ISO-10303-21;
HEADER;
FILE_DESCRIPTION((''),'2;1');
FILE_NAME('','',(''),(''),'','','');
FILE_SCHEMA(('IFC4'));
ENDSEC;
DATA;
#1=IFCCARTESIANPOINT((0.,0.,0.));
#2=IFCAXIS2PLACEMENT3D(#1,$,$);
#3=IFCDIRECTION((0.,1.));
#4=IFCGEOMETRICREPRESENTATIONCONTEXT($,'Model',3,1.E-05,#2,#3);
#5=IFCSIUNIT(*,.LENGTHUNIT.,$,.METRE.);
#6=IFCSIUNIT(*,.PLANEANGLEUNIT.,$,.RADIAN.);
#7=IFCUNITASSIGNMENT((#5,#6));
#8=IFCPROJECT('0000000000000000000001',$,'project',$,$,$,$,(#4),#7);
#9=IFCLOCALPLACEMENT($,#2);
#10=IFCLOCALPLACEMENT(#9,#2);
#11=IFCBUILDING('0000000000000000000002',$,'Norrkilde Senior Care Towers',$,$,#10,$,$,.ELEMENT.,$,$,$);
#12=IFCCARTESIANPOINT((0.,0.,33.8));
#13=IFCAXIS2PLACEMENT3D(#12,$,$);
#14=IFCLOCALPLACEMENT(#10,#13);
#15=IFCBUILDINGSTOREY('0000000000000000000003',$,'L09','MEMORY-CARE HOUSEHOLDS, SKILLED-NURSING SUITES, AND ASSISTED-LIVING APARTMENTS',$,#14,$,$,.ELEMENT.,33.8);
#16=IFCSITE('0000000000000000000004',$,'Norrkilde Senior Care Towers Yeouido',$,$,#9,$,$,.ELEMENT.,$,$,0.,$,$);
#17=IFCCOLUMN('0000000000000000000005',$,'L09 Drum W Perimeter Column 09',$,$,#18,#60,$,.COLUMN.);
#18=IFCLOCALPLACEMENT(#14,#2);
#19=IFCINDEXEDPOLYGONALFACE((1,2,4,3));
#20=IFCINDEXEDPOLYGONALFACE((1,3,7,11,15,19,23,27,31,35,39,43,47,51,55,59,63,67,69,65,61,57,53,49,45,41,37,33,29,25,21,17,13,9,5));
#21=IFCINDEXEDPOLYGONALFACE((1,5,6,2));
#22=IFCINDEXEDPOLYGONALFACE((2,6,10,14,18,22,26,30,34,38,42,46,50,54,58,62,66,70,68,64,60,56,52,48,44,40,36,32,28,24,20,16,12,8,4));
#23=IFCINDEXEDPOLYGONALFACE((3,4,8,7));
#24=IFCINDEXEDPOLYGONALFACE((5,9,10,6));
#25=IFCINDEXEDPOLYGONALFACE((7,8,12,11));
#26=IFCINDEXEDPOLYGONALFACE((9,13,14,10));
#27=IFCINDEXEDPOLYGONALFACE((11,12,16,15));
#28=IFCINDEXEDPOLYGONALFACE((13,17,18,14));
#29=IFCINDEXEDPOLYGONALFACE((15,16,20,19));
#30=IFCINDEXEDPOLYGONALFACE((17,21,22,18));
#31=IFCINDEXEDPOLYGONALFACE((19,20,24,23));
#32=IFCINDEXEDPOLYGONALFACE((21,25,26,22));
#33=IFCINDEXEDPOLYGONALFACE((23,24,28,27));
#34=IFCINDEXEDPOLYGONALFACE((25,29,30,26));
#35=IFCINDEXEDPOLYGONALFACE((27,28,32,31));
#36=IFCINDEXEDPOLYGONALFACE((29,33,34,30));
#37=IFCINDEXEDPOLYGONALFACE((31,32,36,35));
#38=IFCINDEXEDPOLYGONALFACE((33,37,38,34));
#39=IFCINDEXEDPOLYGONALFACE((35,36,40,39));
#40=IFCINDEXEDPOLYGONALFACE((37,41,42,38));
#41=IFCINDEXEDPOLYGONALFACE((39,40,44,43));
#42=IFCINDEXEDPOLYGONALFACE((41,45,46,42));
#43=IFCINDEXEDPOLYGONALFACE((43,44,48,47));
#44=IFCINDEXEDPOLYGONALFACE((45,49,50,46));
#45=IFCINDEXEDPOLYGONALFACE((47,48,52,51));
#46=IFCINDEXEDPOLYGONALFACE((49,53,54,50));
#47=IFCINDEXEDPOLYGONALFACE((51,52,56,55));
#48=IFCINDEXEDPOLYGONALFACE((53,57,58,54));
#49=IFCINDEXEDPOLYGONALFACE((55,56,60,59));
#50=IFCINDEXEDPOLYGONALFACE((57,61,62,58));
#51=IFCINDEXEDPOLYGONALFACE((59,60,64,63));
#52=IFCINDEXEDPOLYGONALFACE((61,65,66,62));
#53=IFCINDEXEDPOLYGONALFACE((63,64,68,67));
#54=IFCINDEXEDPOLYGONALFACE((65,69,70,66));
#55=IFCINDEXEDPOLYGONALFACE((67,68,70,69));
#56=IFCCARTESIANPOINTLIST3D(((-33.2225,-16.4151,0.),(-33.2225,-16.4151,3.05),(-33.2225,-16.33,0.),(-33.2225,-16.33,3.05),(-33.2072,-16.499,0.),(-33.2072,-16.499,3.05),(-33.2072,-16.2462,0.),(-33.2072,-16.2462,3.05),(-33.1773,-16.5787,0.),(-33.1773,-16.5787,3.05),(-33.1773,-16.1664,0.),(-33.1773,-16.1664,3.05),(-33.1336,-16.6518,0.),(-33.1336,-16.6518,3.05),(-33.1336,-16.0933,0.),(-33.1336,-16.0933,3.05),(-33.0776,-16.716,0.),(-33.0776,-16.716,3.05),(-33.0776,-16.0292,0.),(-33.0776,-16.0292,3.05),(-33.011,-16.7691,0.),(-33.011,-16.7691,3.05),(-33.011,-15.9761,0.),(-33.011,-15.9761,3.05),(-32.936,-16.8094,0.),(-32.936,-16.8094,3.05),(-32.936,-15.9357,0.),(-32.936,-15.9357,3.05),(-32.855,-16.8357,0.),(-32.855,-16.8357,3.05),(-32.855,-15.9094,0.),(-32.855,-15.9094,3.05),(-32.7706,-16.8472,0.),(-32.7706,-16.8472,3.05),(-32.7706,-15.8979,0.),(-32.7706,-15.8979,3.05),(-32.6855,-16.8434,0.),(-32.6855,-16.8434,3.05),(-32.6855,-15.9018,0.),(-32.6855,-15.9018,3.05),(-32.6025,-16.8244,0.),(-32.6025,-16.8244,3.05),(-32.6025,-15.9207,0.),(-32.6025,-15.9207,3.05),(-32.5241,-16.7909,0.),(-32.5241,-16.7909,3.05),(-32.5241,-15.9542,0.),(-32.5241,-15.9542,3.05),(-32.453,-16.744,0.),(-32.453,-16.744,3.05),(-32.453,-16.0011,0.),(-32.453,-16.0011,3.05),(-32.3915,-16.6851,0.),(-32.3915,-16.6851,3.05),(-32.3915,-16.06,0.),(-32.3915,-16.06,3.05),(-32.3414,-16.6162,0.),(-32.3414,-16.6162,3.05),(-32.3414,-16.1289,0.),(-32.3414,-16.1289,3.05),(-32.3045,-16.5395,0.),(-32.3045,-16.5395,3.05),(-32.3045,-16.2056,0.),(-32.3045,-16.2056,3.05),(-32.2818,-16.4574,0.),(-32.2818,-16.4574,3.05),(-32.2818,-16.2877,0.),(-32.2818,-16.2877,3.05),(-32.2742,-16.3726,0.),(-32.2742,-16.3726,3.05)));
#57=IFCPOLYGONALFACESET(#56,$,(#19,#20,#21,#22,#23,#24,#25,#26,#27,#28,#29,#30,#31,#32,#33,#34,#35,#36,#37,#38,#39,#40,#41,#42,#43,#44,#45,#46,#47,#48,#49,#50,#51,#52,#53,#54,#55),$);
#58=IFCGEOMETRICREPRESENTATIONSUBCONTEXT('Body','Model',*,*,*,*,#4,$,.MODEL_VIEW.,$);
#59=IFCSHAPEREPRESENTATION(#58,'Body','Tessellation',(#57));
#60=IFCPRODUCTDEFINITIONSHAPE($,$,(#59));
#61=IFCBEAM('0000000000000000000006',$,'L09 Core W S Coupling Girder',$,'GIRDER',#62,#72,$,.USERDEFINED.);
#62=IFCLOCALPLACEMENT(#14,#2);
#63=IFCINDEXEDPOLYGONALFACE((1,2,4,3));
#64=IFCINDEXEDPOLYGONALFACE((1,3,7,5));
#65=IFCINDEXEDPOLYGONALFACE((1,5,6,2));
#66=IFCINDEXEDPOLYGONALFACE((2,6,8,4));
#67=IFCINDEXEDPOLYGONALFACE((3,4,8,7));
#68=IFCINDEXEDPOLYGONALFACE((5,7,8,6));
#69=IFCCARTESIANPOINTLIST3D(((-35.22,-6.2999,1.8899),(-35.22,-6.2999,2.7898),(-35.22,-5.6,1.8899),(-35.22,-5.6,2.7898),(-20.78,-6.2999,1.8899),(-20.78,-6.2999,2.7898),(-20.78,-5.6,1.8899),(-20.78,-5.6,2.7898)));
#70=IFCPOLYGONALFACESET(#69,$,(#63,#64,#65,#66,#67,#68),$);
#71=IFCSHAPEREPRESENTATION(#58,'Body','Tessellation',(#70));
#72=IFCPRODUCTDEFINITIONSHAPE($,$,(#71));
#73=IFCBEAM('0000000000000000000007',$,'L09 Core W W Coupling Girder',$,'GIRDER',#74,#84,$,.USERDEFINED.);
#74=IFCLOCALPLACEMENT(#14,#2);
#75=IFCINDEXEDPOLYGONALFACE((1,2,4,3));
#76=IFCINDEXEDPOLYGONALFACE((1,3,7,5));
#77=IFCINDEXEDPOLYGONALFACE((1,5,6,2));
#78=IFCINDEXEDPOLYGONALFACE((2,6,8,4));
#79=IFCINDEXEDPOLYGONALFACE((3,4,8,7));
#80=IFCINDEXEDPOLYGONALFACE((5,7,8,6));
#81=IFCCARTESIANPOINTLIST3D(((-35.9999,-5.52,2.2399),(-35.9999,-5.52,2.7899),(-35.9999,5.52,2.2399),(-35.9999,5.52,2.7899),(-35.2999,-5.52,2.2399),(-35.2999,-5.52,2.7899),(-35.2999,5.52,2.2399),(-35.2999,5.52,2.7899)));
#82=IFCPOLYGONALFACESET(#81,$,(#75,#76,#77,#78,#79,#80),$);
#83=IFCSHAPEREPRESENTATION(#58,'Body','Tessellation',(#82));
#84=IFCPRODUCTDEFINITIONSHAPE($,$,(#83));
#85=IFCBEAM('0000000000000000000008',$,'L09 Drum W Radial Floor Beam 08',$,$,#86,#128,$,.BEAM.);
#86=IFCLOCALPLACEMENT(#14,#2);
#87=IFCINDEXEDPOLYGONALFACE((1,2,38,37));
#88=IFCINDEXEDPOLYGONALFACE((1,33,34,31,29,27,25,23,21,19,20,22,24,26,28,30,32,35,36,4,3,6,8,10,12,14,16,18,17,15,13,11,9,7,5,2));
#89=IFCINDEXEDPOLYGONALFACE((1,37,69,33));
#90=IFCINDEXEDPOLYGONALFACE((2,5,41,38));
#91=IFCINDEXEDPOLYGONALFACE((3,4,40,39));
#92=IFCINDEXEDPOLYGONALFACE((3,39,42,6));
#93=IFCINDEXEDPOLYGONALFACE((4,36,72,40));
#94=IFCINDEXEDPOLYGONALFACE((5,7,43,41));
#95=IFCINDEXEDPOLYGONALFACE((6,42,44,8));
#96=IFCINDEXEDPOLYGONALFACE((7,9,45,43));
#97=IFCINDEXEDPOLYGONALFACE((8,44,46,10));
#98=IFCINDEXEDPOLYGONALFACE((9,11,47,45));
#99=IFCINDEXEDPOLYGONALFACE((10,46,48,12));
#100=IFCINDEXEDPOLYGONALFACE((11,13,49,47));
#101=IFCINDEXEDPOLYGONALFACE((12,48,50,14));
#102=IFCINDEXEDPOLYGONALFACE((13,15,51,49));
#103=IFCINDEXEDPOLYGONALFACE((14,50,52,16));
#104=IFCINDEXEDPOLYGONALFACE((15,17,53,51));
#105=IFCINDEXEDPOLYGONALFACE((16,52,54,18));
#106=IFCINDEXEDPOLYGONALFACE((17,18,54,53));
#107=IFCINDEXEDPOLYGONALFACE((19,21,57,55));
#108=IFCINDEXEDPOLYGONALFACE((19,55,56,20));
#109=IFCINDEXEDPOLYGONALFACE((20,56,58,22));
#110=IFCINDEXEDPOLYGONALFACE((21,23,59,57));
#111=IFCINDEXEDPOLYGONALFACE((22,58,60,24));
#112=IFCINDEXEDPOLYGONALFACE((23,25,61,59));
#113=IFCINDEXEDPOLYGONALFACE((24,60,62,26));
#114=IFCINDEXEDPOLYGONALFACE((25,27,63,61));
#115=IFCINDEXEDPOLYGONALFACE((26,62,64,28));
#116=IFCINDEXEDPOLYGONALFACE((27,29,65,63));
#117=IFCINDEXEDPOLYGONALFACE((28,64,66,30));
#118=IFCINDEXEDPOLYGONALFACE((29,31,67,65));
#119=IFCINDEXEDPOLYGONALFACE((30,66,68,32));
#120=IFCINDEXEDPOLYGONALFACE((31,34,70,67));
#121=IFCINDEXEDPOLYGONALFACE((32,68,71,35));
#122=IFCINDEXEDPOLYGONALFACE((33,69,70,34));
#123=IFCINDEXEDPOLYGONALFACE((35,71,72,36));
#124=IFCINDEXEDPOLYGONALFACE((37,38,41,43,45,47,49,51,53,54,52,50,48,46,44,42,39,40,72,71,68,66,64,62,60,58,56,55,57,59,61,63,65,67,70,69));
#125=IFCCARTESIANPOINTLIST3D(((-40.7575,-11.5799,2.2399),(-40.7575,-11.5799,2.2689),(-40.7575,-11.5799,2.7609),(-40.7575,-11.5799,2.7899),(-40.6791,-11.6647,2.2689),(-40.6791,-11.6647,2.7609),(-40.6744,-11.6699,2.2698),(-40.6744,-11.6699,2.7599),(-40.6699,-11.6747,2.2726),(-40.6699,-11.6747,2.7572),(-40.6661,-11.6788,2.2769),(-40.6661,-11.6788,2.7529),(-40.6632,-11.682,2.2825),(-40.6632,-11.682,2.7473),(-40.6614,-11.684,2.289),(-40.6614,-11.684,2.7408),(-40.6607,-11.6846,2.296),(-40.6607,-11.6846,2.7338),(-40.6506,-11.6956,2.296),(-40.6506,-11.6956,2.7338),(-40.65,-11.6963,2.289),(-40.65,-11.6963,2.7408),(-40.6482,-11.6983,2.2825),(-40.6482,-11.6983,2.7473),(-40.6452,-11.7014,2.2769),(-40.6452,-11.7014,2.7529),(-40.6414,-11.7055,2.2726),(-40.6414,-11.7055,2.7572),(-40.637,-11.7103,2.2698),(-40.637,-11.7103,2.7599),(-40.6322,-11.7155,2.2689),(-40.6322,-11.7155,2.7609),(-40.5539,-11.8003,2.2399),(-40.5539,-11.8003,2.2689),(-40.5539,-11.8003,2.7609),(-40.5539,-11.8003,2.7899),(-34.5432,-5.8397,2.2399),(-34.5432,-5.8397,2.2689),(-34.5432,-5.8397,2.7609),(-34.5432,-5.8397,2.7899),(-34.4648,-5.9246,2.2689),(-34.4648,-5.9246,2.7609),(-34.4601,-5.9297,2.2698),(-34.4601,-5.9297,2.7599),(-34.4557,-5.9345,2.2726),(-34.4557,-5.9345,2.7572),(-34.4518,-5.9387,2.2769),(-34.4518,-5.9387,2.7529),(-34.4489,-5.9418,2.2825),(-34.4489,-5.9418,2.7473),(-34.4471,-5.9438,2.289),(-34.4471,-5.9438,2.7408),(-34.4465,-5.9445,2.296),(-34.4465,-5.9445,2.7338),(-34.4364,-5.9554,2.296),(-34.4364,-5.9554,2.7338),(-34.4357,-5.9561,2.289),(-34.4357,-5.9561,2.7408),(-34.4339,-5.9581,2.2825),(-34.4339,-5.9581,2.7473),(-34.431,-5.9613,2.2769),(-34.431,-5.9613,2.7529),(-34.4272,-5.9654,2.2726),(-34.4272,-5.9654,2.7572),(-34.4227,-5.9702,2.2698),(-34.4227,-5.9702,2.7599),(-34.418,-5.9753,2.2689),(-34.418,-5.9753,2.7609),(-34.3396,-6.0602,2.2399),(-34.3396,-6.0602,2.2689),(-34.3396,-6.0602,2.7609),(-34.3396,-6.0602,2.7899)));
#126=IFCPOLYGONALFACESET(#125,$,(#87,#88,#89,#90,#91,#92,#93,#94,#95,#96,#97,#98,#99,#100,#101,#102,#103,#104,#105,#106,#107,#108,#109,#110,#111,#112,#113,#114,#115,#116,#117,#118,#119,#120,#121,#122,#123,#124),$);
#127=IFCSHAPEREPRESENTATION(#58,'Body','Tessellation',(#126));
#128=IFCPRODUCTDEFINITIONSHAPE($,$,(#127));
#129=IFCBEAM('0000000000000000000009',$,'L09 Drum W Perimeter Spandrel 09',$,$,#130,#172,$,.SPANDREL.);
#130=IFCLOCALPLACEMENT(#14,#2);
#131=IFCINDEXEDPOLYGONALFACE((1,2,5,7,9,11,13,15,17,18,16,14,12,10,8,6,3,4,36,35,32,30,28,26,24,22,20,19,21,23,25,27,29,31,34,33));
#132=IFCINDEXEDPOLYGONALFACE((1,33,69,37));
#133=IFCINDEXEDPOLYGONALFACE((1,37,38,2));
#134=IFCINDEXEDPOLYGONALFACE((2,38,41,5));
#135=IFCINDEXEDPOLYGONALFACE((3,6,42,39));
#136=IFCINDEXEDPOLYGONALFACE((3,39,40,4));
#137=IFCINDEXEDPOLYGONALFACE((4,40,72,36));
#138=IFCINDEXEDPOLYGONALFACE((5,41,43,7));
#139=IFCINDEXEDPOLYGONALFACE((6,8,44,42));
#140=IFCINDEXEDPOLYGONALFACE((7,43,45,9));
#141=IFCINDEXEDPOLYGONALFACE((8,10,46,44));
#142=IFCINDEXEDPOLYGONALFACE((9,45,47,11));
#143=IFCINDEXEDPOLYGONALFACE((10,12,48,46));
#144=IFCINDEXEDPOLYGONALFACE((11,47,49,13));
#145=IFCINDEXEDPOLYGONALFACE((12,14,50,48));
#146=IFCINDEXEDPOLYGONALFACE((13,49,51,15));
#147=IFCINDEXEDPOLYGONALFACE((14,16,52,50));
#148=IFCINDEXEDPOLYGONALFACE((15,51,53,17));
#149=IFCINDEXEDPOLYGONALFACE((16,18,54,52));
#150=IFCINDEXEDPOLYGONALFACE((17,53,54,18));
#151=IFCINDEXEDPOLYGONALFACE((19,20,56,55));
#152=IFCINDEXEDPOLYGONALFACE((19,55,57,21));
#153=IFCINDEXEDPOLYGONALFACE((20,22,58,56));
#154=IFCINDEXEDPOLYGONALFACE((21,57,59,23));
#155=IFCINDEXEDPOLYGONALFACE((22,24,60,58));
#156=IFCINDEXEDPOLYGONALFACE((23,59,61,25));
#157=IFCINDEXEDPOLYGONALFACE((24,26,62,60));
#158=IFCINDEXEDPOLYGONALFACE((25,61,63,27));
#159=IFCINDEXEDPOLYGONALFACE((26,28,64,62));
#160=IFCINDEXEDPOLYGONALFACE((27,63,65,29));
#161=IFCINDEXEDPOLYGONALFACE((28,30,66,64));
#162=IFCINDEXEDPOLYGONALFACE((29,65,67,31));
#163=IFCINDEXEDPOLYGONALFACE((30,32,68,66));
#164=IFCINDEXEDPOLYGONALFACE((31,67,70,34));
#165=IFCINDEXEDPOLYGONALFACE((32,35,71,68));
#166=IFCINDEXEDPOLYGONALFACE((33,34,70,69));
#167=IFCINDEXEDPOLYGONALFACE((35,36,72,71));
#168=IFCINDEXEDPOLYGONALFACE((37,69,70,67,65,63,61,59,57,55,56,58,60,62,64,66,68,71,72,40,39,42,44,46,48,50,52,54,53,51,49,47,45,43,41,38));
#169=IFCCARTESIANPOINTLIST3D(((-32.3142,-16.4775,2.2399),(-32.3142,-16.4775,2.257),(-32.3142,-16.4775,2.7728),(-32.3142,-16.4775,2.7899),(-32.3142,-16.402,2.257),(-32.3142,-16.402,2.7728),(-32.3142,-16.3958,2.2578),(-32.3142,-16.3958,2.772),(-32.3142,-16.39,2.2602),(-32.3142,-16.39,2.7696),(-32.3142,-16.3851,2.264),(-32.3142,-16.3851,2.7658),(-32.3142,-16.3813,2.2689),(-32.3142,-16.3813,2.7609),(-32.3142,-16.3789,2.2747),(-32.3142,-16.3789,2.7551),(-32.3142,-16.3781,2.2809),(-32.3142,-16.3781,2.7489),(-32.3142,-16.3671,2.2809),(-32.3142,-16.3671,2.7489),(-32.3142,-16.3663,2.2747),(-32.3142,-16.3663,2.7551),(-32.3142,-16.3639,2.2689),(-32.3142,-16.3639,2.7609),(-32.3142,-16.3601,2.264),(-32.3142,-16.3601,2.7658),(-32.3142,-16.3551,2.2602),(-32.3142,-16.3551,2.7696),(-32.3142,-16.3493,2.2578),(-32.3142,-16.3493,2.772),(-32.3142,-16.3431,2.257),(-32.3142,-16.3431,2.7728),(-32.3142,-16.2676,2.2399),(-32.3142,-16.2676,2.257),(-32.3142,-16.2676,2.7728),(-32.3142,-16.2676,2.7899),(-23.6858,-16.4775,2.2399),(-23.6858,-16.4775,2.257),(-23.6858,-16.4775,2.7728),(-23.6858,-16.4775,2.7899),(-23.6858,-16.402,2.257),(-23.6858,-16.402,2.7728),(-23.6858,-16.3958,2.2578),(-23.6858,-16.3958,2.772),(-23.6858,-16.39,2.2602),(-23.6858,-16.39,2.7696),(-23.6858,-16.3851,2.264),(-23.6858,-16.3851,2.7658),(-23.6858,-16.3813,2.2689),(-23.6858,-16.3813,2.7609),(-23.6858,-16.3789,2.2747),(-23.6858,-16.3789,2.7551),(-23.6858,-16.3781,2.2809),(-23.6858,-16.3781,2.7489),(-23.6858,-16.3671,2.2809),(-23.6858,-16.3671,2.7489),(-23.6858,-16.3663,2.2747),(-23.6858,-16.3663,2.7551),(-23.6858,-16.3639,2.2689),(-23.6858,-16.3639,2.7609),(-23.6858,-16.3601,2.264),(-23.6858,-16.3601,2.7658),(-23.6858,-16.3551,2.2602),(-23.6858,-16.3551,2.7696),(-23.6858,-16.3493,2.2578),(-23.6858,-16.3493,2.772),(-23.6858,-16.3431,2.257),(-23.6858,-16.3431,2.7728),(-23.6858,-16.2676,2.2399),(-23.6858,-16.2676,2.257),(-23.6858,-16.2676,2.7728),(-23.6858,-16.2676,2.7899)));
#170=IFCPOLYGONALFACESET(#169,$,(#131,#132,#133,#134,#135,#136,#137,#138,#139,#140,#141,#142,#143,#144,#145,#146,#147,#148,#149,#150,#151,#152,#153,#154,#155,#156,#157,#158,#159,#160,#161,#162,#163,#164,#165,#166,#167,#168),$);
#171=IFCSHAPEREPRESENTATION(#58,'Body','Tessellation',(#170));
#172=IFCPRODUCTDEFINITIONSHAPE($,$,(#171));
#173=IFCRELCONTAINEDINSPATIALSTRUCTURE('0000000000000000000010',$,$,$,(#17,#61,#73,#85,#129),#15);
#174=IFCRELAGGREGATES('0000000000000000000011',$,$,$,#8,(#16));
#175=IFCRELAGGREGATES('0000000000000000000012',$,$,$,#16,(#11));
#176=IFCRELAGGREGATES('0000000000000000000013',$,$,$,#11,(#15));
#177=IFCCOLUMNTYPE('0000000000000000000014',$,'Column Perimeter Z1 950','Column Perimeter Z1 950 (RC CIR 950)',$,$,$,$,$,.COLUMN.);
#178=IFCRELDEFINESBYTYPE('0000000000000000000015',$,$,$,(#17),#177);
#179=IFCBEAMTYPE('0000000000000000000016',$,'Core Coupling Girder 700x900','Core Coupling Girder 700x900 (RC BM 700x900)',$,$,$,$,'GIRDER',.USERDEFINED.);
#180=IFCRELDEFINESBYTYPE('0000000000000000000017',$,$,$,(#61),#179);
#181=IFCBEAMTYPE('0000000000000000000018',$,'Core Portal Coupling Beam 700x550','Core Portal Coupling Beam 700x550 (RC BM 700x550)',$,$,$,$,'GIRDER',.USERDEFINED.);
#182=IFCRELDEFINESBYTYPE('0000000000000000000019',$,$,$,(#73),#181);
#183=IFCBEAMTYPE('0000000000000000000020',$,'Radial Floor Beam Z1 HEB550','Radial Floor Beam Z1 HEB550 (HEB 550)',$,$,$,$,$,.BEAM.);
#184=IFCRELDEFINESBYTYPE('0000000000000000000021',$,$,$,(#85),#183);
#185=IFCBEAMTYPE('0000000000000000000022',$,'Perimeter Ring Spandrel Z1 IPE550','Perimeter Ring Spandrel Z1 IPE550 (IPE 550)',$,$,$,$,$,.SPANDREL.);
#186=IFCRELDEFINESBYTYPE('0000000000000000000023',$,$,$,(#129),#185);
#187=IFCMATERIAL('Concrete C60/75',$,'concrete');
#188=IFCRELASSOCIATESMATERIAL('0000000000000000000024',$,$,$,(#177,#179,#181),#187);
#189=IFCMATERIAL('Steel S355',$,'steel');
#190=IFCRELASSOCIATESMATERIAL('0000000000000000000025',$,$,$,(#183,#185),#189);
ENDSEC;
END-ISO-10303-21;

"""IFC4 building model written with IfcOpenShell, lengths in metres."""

from ifc_helpers import new_model, si_unit, direction, frame, origin, origin_2d, place, context, subcontext, project, spatial, rectangle, circle, i_section, extrude, source, transform, mapped, material, material_profile, profile_set, type_object, type_shapes, element, save


model = new_model("IFC4")

# Units and contexts
model_context = context("Model", 3, precision=1e-05, world=origin(), true_north=direction((0.0, 1.0)))
body_context = subcontext(model_context, "Body", "Model", "MODEL_VIEW")
ifc_project = project(units=[si_unit("LENGTHUNIT", "METRE"), si_unit("PLANEANGLEUNIT", "RADIAN")], contexts=[model_context])

# Site, building, storey
site_placement = place(None, origin())
site = spatial("IfcSite", under=ifc_project, at=site_placement, Name="Norrkilde Senior Care Towers Yeouido", CompositionType="ELEMENT", RefElevation=0.0)
building_placement = place(site_placement, origin())
building = spatial("IfcBuilding", under=site, at=building_placement, Name="Norrkilde Senior Care Towers", CompositionType="ELEMENT")
storey_placement = place(building_placement, frame((0.0, 0.0, 33.8)))
storey = spatial("IfcBuildingStorey", under=building, at=storey_placement, Name="L09", Description="MEMORY-CARE HOUSEHOLDS, SKILLED-NURSING SUITES, AND ASSISTED-LIVING APARTMENTS", CompositionType="ELEMENT", Elevation=33.8)

# Column
ifc_material_1 = material(Name="Concrete C60/75", Category="concrete")
ifc_material_profile_1 = material_profile(ifc_material_1, circle(Radius=0.4751, at=origin_2d()), Name="RC CIR 950")
ifc_profile_set_1 = profile_set([ifc_material_profile_1], Name="Concrete C60/75")
column_type = type_object("IfcColumnType", Name="Column Perimeter Z1 950", Description="Column Perimeter Z1 950 (RC CIR 950)", PredefinedType="COLUMN", material=ifc_profile_set_1)
shared_shape_1 = source(origin(), body_context, "Body", "SweptSolid", [
    extrude(circle(Radius=0.4751, at=origin_2d()), origin(), (0.0, 0.0, 1.0), 3.05),
])
type_shapes(column_type, [shared_shape_1])
column_placement = place(storey_placement, frame((-32.7493, -16.3726, 0.0), z_axis=(0.0, 0.0, 1.0), x_axis=(1.0, 0.0, 0.0)))
element("IfcColumn", 1, at=column_placement, inside=storey, type_object=column_type, Name="L09 Drum W Perimeter Column 09", PredefinedType="COLUMN", context=body_context, shape_type="MappedRepresentation", body=[
    mapped(shared_shape_1, transform((0.0, 0.0, 0.0), x_axis=(1.0, 0.0, 0.0), y_axis=(0.0, 1.0, 0.0), z_axis=(0.0, 0.0, 1.0), scale=1.0)),
])

# Beams
ifc_material_profile_2 = material_profile(ifc_material_1, rectangle(XDim=0.7, YDim=0.8999, at=origin_2d()), Name="RC BM 700x900")
ifc_profile_set_2 = profile_set([ifc_material_profile_2], Name="Concrete C60/75")
beam_type_1 = type_object("IfcBeamType", Name="Core Coupling Girder 700x900", Description="Core Coupling Girder 700x900 (RC BM 700x900)", ElementType="GIRDER", PredefinedType="USERDEFINED", material=ifc_profile_set_2)
shared_shape_2 = source(origin(), body_context, "Body", "SweptSolid", [
    extrude(rectangle(XDim=0.7, YDim=0.8999, at=origin_2d()), origin(), (0.0, 0.0, 1.0), 14.4399),
])
type_shapes(beam_type_1, [shared_shape_2])
beam_1_placement = place(storey_placement, frame((-35.22, -5.95, 2.3398), z_axis=(1.0, 0.0, 0.0), x_axis=(0.0, 1.0, 0.0)))
element("IfcBeam", 2, at=beam_1_placement, inside=storey, type_object=beam_type_1, Name="L09 Core W S Coupling Girder", ObjectType="GIRDER", PredefinedType="USERDEFINED", context=body_context, shape_type="MappedRepresentation", body=[
    mapped(shared_shape_2, transform((0.0, 0.0, 0.0), x_axis=(1.0, 0.0, 0.0), y_axis=(0.0, 1.0, 0.0), z_axis=(0.0, 0.0, 1.0), scale=1.0)),
])
ifc_material_profile_3 = material_profile(ifc_material_1, rectangle(XDim=0.7, YDim=0.55, at=origin_2d()), Name="RC BM 700x550")
ifc_profile_set_3 = profile_set([ifc_material_profile_3], Name="Concrete C60/75")
beam_type_2 = type_object("IfcBeamType", Name="Core Portal Coupling Beam 700x550", Description="Core Portal Coupling Beam 700x550 (RC BM 700x550)", ElementType="GIRDER", PredefinedType="USERDEFINED", material=ifc_profile_set_3)
shared_shape_3 = source(origin(), body_context, "Body", "SweptSolid", [
    extrude(rectangle(XDim=0.7, YDim=0.55, at=origin_2d()), origin(), (0.0, 0.0, 1.0), 11.04),
])
type_shapes(beam_type_2, [shared_shape_3])
beam_2_placement = place(storey_placement, frame((-35.6499, -5.52, 2.5149), z_axis=(0.0, 1.0, 0.0), x_axis=(-1.0, 0.0, 0.0)))
element("IfcBeam", 3, at=beam_2_placement, inside=storey, type_object=beam_type_2, Name="L09 Core W W Coupling Girder", ObjectType="GIRDER", PredefinedType="USERDEFINED", context=body_context, shape_type="MappedRepresentation", body=[
    mapped(shared_shape_3, transform((0.0, 0.0, 0.0), x_axis=(1.0, 0.0, 0.0), y_axis=(0.0, 1.0, 0.0), z_axis=(0.0, 0.0, 1.0), scale=1.0)),
])
ifc_material_2 = material(Name="Steel S355", Category="steel")
ifc_material_profile_4 = material_profile(ifc_material_2, i_section(OverallWidth=0.3, OverallDepth=0.55, WebThickness=0.0149, FlangeThickness=0.0291, FilletRadius=0.0271, at=origin_2d()), Name="HEB 550")
ifc_profile_set_4 = profile_set([ifc_material_profile_4], Name="Steel S355")
beam_type_3 = type_object("IfcBeamType", Name="Radial Floor Beam Z1 HEB550", Description="Radial Floor Beam Z1 HEB550 (HEB 550)", PredefinedType="BEAM", material=ifc_profile_set_4)
shared_shape_4 = source(origin(), body_context, "Body", "SweptSolid", [
    extrude(i_section(OverallWidth=0.3, OverallDepth=0.55, WebThickness=0.0149, FlangeThickness=0.0291, FilletRadius=0.0271, at=origin_2d()), origin(), (0.0, 0.0, 1.0), 8.4597),
])
beam_3_placement = place(storey_placement, frame((-34.4414, -5.95, 2.5149), z_axis=(-0.734573, -0.678529, 0.0), x_axis=(0.678529, -0.734573, 0.0)))
element("IfcBeam", 4, at=beam_3_placement, inside=storey, type_object=beam_type_3, Name="L09 Drum W Radial Floor Beam 08", PredefinedType="BEAM", context=body_context, shape_type="MappedRepresentation", body=[
    mapped(shared_shape_4, transform((0.0, 0.0, 0.0), x_axis=(1.0, 0.0, 0.0), y_axis=(0.0, 1.0, 0.0), z_axis=(0.0, 0.0, 1.0), scale=1.0)),
])
ifc_material_profile_5 = material_profile(ifc_material_2, i_section(OverallWidth=0.21, OverallDepth=0.55, WebThickness=0.011, FlangeThickness=0.0171, FilletRadius=0.0239, at=origin_2d()), Name="IPE 550")
ifc_profile_set_5 = profile_set([ifc_material_profile_5], Name="Steel S355")
beam_type_4 = type_object("IfcBeamType", Name="Perimeter Ring Spandrel Z1 IPE550", Description="Perimeter Ring Spandrel Z1 IPE550 (IPE 550)", PredefinedType="SPANDREL", material=ifc_profile_set_5)
shared_shape_5 = source(origin(), body_context, "Body", "SweptSolid", [
    extrude(i_section(OverallWidth=0.21, OverallDepth=0.55, WebThickness=0.011, FlangeThickness=0.0171, FilletRadius=0.0239, at=origin_2d()), origin(), (0.0, 0.0, 1.0), 8.6284),
])
type_shapes(beam_type_4, [shared_shape_5])
beam_4_placement = place(storey_placement, frame((-32.3142, -16.3726, 2.5149), z_axis=(1.0, 0.0, 0.0), x_axis=(0.0, 1.0, 0.0)))
element("IfcBeam", 5, at=beam_4_placement, inside=storey, type_object=beam_type_4, Name="L09 Drum W Perimeter Spandrel 09", PredefinedType="SPANDREL", context=body_context, shape_type="MappedRepresentation", body=[
    mapped(shared_shape_5, transform((0.0, 0.0, 0.0), x_axis=(1.0, 0.0, 0.0), y_axis=(0.0, 1.0, 0.0), z_axis=(0.0, 0.0, 1.0), scale=1.0)),
])

save(model, "model.ifc")
